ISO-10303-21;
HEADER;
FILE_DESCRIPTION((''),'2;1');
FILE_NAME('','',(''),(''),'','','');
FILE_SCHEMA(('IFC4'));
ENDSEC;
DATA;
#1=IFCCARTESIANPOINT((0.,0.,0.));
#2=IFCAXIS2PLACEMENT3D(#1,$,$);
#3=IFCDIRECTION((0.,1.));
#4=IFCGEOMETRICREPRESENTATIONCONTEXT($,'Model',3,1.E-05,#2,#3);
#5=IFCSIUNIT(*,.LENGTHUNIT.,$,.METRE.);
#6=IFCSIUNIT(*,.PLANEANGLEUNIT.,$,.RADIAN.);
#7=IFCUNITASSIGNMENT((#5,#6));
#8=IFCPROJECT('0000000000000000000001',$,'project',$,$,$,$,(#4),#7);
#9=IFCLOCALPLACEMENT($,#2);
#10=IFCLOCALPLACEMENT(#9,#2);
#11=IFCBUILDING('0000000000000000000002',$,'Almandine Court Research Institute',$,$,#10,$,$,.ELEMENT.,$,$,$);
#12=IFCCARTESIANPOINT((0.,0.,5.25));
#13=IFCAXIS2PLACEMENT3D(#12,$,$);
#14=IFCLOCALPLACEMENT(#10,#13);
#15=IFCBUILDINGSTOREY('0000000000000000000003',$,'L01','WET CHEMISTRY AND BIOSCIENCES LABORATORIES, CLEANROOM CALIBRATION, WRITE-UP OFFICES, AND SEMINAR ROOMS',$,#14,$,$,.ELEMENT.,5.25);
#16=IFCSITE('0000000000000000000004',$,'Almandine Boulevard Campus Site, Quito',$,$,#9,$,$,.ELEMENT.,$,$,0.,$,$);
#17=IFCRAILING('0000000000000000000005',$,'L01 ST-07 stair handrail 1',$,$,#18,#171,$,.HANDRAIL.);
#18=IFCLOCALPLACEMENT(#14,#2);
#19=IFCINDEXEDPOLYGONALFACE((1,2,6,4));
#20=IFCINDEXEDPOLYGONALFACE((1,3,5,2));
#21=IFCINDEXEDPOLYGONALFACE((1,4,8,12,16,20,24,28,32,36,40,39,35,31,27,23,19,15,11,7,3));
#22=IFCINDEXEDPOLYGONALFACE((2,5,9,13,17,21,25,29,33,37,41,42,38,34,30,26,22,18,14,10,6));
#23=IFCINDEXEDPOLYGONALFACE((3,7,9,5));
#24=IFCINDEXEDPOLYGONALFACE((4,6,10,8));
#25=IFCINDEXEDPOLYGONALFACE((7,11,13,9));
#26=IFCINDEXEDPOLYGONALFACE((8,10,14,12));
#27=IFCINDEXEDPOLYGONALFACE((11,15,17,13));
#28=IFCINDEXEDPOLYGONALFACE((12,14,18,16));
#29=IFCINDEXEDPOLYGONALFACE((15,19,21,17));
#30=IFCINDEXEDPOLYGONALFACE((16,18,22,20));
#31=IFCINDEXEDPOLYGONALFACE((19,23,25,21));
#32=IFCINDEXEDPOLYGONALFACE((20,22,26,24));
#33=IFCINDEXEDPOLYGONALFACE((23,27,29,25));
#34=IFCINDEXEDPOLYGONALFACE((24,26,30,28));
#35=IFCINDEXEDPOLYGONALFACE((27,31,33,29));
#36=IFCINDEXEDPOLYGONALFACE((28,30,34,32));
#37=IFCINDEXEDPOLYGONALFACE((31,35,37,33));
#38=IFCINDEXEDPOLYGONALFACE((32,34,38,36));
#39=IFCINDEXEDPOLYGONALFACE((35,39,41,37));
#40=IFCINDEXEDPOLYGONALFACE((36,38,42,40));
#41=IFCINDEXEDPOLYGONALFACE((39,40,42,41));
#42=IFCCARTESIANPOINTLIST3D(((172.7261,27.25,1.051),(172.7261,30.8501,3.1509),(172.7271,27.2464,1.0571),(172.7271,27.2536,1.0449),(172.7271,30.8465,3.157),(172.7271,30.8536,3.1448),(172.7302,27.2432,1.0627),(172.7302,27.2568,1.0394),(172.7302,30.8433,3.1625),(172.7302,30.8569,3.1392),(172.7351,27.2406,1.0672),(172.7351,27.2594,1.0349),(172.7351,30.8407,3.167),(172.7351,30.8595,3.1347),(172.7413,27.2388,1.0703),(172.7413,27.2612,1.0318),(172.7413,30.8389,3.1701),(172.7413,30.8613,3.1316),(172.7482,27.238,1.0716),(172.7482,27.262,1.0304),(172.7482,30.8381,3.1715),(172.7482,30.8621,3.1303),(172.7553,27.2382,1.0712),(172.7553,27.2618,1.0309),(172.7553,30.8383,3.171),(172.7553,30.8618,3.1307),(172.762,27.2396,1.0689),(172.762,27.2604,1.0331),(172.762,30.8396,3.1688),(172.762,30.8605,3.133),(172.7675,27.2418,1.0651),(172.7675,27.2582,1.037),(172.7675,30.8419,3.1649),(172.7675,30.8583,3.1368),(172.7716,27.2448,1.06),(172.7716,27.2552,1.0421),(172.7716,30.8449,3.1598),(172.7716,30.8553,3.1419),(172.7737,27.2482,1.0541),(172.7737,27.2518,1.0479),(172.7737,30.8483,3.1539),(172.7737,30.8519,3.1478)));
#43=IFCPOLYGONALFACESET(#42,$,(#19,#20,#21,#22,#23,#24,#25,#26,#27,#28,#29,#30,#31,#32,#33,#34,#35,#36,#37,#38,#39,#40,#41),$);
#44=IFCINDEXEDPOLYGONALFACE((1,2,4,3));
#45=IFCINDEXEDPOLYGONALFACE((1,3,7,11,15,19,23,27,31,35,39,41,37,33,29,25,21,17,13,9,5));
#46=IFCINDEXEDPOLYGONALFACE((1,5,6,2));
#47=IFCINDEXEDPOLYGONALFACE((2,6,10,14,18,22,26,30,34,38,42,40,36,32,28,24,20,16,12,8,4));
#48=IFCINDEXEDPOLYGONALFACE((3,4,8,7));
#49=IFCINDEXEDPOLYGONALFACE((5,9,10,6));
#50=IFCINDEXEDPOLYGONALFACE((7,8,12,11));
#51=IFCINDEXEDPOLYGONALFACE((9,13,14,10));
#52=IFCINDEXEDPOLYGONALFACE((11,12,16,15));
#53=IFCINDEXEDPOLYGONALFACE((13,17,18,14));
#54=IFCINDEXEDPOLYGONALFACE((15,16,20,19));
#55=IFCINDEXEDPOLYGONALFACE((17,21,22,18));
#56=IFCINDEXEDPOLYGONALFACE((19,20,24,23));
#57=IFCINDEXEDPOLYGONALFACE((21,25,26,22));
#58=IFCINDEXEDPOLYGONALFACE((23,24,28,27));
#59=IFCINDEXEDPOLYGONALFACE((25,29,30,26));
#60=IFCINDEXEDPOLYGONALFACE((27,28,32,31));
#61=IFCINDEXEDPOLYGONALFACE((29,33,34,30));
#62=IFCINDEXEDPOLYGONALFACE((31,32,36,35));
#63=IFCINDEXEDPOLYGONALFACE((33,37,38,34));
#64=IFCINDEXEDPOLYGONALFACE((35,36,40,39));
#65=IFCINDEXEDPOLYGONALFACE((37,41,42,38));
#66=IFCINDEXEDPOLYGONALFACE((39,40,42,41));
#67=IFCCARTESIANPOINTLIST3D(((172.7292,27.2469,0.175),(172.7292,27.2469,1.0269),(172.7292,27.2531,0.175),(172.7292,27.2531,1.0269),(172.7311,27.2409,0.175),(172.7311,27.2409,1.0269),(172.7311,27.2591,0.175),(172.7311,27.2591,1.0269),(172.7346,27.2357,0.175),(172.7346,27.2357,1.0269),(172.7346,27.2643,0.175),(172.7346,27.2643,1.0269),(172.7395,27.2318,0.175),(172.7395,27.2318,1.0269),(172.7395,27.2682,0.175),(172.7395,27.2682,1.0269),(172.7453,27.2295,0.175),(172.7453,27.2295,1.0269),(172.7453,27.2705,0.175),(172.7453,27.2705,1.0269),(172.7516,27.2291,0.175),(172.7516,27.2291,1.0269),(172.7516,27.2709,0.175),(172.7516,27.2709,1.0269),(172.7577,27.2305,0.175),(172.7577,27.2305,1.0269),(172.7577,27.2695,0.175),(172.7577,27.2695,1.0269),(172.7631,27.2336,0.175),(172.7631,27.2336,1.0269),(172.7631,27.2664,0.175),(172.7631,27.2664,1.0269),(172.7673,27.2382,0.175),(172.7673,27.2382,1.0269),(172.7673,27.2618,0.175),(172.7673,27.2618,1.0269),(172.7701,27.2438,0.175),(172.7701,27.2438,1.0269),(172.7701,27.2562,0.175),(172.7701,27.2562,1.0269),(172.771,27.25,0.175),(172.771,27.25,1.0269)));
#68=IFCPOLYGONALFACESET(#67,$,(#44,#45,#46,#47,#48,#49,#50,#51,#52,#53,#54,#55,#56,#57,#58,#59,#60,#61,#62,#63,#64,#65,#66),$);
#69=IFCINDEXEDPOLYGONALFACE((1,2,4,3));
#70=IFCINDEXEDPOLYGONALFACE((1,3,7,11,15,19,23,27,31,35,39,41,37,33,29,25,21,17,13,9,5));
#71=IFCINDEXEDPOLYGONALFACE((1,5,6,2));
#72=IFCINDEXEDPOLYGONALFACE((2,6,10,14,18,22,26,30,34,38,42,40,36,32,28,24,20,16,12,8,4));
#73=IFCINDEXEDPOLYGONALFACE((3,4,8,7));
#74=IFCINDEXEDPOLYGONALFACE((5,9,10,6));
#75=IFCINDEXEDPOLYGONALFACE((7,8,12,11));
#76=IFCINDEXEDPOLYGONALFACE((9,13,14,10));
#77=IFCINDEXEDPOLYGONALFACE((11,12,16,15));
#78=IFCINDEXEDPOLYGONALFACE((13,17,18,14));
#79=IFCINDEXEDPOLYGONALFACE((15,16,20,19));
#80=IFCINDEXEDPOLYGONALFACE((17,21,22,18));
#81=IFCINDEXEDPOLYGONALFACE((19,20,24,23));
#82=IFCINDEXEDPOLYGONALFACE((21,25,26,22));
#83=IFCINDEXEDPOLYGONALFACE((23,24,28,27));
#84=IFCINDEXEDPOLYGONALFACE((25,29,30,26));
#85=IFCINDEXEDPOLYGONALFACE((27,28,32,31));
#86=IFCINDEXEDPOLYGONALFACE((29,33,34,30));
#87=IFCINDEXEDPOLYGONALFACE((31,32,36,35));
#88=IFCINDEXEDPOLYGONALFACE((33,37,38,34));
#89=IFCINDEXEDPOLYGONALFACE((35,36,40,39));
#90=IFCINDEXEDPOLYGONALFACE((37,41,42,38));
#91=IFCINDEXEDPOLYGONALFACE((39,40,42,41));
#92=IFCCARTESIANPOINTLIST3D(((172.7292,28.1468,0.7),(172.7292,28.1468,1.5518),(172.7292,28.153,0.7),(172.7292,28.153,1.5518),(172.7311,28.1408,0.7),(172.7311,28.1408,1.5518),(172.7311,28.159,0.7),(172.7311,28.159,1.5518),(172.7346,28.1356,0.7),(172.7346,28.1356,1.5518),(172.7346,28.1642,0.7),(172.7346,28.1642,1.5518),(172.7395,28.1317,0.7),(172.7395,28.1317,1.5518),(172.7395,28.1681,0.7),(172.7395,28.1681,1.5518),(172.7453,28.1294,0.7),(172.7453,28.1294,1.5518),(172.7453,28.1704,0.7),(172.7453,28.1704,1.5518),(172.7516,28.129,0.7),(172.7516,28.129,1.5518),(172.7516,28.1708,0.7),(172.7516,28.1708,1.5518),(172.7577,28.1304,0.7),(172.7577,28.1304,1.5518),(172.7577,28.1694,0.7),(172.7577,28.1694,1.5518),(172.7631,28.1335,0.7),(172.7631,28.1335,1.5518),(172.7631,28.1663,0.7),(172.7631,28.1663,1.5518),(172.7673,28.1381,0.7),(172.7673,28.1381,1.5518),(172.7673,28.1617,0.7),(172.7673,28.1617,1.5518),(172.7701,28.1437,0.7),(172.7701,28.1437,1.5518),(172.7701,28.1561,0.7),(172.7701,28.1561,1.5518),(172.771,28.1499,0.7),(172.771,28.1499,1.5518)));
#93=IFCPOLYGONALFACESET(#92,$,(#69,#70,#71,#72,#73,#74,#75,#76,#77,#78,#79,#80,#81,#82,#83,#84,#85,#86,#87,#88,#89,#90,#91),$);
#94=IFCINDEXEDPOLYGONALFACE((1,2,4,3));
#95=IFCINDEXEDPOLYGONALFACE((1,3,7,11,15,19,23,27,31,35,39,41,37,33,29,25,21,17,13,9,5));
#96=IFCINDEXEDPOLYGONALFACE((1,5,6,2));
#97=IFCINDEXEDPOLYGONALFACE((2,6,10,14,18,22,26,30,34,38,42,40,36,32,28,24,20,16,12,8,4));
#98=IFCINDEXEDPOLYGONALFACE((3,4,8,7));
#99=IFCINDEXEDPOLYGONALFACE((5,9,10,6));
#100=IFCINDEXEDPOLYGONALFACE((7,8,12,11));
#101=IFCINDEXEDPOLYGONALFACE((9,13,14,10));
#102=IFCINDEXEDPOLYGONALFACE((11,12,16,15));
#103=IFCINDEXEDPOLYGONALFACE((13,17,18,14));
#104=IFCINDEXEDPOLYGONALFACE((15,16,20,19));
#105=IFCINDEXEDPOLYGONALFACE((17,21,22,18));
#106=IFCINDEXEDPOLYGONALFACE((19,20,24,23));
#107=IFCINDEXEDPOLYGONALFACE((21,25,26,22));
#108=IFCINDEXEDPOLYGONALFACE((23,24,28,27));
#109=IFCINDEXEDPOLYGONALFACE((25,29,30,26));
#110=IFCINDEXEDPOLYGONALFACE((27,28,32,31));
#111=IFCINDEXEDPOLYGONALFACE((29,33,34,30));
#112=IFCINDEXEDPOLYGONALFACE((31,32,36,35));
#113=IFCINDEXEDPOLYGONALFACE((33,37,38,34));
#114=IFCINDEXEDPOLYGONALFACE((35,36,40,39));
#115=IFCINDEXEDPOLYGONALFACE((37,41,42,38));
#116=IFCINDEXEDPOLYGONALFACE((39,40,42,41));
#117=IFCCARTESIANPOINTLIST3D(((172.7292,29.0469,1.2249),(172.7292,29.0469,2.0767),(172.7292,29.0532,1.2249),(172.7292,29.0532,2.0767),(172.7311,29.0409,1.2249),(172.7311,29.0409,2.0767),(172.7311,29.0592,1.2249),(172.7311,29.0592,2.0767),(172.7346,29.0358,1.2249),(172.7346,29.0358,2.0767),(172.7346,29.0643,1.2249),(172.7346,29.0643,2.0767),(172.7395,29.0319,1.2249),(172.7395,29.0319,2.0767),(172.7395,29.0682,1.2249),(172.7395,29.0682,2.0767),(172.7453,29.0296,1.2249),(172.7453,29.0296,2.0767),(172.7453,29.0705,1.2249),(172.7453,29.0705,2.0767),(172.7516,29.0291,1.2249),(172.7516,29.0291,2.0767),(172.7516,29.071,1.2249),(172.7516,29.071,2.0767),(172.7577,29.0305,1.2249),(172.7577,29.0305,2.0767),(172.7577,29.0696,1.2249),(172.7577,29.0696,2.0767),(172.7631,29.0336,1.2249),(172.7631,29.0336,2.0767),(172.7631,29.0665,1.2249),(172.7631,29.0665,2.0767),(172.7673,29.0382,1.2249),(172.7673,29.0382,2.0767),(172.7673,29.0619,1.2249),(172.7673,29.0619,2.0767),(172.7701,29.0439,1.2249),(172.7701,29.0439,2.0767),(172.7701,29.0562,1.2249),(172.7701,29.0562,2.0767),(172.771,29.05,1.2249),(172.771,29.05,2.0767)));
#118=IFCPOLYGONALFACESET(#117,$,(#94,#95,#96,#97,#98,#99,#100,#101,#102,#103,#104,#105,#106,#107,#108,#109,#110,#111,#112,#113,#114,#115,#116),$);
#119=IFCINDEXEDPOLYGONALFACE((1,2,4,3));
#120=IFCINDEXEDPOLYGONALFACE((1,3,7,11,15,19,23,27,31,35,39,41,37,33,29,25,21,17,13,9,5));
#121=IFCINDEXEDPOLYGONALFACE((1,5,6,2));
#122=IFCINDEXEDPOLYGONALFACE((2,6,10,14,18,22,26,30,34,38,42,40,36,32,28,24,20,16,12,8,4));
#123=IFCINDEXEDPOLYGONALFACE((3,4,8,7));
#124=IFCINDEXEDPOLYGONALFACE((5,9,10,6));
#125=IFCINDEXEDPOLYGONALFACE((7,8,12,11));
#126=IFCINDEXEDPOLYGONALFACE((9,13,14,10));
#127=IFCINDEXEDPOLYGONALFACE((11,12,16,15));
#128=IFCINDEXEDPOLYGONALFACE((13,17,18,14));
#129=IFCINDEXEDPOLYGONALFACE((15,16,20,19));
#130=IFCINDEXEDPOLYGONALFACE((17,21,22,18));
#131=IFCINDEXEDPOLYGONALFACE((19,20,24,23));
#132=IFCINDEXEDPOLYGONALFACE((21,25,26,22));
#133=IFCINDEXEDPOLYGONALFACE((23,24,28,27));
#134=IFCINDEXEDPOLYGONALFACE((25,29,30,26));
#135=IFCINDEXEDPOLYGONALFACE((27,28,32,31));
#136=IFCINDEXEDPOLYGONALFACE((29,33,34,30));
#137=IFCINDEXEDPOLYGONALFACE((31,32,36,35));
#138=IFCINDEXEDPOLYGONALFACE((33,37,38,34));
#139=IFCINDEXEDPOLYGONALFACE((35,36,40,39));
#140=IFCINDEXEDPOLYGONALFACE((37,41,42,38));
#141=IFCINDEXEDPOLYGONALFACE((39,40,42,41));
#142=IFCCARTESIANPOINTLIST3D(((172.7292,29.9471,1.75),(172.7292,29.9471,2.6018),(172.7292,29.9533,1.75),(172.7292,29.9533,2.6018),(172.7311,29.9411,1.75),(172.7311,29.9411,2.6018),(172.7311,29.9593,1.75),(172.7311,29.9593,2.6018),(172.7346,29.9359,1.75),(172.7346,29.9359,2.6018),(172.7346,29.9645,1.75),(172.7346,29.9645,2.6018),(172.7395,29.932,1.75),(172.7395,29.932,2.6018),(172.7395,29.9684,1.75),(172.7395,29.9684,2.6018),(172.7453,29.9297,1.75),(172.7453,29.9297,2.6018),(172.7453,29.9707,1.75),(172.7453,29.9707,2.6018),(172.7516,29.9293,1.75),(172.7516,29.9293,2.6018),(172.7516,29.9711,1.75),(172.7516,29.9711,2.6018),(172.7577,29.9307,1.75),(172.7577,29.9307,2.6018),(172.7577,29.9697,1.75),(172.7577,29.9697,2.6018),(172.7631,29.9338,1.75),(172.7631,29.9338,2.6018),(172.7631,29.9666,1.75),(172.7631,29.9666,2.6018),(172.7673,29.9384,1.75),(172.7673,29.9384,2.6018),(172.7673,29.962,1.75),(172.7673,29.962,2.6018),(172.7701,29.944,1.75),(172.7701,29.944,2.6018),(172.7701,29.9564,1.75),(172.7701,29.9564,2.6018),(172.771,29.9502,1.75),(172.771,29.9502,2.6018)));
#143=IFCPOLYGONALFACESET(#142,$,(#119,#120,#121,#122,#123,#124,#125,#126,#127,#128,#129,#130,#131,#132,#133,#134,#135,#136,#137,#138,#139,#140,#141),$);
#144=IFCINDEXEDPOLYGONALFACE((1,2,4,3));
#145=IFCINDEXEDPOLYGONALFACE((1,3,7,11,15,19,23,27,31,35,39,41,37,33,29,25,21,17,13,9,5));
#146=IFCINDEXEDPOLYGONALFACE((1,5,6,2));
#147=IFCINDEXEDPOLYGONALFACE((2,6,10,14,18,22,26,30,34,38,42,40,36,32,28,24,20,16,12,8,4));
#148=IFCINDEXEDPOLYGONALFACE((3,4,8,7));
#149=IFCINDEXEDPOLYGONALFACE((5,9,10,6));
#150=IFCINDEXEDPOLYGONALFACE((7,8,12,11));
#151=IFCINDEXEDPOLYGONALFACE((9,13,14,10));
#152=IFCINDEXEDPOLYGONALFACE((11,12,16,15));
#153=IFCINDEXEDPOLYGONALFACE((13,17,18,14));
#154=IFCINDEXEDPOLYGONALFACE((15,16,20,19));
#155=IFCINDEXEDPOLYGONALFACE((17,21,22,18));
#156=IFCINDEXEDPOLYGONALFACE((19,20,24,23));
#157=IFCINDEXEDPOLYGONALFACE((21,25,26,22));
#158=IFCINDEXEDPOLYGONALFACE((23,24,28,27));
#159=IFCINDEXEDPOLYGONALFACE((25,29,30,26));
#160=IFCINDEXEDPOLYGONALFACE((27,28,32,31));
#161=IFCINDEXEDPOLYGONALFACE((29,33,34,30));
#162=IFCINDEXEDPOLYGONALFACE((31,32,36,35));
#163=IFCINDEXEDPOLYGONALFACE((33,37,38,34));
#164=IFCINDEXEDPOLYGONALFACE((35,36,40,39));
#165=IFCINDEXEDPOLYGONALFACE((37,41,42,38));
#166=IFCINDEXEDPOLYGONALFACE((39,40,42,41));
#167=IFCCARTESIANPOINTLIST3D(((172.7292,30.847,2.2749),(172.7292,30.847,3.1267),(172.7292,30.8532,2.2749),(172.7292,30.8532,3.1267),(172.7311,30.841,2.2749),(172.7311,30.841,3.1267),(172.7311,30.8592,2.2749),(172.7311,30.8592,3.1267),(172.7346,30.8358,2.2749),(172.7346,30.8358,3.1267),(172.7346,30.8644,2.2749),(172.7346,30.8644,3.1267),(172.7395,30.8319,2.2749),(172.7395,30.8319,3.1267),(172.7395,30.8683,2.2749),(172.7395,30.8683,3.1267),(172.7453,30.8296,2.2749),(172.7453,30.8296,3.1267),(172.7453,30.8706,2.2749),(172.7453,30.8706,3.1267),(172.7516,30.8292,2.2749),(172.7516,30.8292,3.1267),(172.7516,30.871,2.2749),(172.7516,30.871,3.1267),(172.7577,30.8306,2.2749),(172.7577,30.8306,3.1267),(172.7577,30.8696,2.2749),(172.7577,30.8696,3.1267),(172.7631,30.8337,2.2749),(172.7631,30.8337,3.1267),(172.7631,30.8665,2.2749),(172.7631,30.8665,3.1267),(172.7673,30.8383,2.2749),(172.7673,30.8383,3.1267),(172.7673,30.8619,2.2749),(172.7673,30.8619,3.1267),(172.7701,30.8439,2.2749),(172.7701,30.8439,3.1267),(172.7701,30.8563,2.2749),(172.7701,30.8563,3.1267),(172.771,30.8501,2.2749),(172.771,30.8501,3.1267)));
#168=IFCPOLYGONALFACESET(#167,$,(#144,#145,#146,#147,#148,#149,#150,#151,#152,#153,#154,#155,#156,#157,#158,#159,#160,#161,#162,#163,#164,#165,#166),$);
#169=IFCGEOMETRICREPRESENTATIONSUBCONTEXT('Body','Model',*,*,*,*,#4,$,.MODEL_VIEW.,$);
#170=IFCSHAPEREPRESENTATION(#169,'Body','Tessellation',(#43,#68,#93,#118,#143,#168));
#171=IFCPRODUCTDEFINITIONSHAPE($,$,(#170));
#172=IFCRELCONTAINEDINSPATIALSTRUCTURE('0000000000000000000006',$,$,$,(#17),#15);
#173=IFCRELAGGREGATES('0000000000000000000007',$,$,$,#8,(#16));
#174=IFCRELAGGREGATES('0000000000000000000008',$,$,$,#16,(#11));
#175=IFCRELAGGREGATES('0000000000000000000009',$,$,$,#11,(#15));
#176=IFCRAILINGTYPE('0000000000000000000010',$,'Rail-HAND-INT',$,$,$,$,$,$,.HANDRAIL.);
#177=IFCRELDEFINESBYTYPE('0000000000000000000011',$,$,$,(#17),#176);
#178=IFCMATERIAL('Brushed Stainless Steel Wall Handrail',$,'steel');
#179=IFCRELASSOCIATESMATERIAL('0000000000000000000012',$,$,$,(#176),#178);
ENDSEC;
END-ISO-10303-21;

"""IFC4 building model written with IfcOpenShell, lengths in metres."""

from ifc_helpers import new_model, si_unit, direction, frame, origin, origin_2d, place, context, subcontext, project, spatial, circle, extrude, material, type_object, element, save


model = new_model("IFC4")

# Units and contexts
model_context = context("Model", 3, precision=1e-05, world=origin(), true_north=direction((0.0, 1.0)))
body_context = subcontext(model_context, "Body", "Model", "MODEL_VIEW")
ifc_project = project(units=[si_unit("LENGTHUNIT", "METRE"), si_unit("PLANEANGLEUNIT", "RADIAN")], contexts=[model_context])

# Site, building, storey
site_placement = place(None, origin())
site = spatial("IfcSite", under=ifc_project, at=site_placement, Name="Almandine Boulevard Campus Site, Quito", CompositionType="ELEMENT", RefElevation=0.0)
building_placement = place(site_placement, origin())
building = spatial("IfcBuilding", under=site, at=building_placement, Name="Almandine Court Research Institute", CompositionType="ELEMENT")
storey_placement = place(building_placement, frame((0.0, 0.0, 5.25)))
storey = spatial("IfcBuildingStorey", under=building, at=storey_placement, Name="L01", Description="WET CHEMISTRY AND BIOSCIENCES LABORATORIES, CLEANROOM CALIBRATION, WRITE-UP OFFICES, AND SEMINAR ROOMS", CompositionType="ELEMENT", Elevation=5.25)

# Railing
ifc_material_1 = material(Name="Brushed Stainless Steel Wall Handrail", Category="steel")
railing_type_1 = type_object("IfcRailingType", Name="Rail-HAND-INT", PredefinedType="HANDRAIL", material=ifc_material_1)
railing_1_placement = place(storey_placement, frame((172.75, 27.25, 0.175)))
element("IfcRailing", 1, at=railing_1_placement, inside=storey, type_object=railing_type_1, Name="L01 ST-07 stair handrail 1", PredefinedType="HANDRAIL", context=body_context, shape_type="SweptSolid", body=[
    extrude(circle(Radius=0.0239, at=origin_2d()), frame((0.0, 0.0, 0.876), z_axis=(0.0, 0.8638, 0.503835), x_axis=(-1.0, 0.0, 0.0)), (0.0, 0.0, 1.0), 4.1677),
    extrude(circle(Radius=0.021, at=origin_2d()), origin(), (0.0, 0.0, 1.0), 0.8518),
    extrude(circle(Radius=0.021, at=origin_2d()), frame((0.0, 0.8999, 0.5249)), (0.0, 0.0, 1.0), 0.8518),
    extrude(circle(Radius=0.021, at=origin_2d()), frame((0.0, 1.8, 1.0498)), (0.0, 0.0, 1.0), 0.8518),
    extrude(circle(Radius=0.021, at=origin_2d()), frame((0.0, 2.7002, 1.575)), (0.0, 0.0, 1.0), 0.8518),
    extrude(circle(Radius=0.021, at=origin_2d()), frame((0.0, 3.6001, 2.0999)), (0.0, 0.0, 1.0), 0.8518),
])

save(model, "model.ifc")
